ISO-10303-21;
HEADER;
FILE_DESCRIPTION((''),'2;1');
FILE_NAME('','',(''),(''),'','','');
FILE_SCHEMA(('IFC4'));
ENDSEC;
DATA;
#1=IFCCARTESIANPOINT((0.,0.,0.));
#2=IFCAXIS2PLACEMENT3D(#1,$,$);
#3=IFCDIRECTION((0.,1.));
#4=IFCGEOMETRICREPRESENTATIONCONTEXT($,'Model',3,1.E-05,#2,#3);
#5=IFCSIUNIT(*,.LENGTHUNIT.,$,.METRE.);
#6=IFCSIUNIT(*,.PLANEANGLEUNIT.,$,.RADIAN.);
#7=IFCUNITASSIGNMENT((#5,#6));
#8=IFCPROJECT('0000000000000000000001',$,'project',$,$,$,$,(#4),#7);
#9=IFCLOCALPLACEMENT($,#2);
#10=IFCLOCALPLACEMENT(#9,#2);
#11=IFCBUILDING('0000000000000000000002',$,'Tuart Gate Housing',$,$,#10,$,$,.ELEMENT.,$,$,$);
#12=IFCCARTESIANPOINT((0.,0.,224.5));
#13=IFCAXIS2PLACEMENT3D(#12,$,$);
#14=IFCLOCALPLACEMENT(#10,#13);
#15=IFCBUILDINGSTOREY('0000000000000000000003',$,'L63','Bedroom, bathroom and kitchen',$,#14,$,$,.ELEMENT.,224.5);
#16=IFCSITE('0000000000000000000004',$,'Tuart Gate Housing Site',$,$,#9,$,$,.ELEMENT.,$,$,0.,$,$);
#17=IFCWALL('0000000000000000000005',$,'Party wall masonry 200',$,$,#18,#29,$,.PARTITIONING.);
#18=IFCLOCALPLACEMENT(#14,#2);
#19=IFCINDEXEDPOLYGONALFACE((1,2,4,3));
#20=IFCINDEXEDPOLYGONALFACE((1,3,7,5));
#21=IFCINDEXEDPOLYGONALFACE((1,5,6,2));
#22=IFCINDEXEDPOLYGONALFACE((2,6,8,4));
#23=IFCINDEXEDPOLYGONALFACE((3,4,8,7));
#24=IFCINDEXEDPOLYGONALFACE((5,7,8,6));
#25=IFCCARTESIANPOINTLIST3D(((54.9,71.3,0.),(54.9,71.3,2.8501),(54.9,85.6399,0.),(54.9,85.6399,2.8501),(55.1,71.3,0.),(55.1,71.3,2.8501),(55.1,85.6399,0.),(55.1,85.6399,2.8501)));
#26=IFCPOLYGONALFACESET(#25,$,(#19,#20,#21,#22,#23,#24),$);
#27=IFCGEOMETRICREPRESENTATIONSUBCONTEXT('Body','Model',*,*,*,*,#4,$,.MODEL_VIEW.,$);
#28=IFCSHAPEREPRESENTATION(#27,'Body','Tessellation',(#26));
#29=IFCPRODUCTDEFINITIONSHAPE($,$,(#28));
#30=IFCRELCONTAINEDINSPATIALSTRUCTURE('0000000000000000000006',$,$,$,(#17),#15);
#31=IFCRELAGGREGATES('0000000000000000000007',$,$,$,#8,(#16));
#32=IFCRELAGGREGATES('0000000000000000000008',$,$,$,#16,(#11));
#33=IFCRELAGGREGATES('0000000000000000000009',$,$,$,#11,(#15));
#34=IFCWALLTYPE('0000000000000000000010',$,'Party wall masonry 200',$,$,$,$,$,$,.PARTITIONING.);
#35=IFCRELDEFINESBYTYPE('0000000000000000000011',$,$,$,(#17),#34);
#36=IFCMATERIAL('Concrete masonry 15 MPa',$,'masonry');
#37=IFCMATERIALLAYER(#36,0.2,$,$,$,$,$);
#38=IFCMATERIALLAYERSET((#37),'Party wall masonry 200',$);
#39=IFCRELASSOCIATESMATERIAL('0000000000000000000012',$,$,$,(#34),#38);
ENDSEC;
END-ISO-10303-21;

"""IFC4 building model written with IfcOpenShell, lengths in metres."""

from ifc_helpers import new_model, si_unit, direction, frame, frame_2d, origin, place, context, subcontext, project, spatial, rectangle, extrude, material, layer, layer_set, type_object, element, save


model = new_model("IFC4")

# Units and contexts
model_context = context("Model", 3, precision=1e-05, world=origin(), true_north=direction((0.0, 1.0)))
body_context = subcontext(model_context, "Body", "Model", "MODEL_VIEW")
ifc_project = project(units=[si_unit("LENGTHUNIT", "METRE"), si_unit("PLANEANGLEUNIT", "RADIAN")], contexts=[model_context])

# Site, building, storey
site_placement = place(None, origin())
site = spatial("IfcSite", under=ifc_project, at=site_placement, Name="Tuart Gate Housing Site", CompositionType="ELEMENT", RefElevation=0.0)
building_placement = place(site_placement, origin())
building = spatial("IfcBuilding", under=site, at=building_placement, Name="Tuart Gate Housing", CompositionType="ELEMENT")
storey_placement = place(building_placement, frame((0.0, 0.0, 224.5)))
storey = spatial("IfcBuildingStorey", under=building, at=storey_placement, Name="L63", Description="Bedroom, bathroom and kitchen", CompositionType="ELEMENT", Elevation=224.5)

# Wall
ifc_material_1 = material(Name="Concrete masonry 15 MPa", Category="masonry")
ifc_layer_1 = layer(ifc_material_1, 0.2)
ifc_layer_set_1 = layer_set([ifc_layer_1], Name="Party wall masonry 200")
wall_type_1 = type_object("IfcWallType", Name="Party wall masonry 200", PredefinedType="PARTITIONING", material=ifc_layer_set_1)
wall_1_placement = place(storey_placement, frame((55.0, 71.3, 0.0), z_axis=(0.0, 0.0, 1.0), x_axis=(0.0, 1.0, 0.0)))
element("IfcWall", 1, at=wall_1_placement, inside=storey, type_object=wall_type_1, Name="Party wall masonry 200", PredefinedType="PARTITIONING", context=body_context, shape_type="SweptSolid", body=[
    extrude(rectangle(XDim=14.3398, YDim=0.2, at=frame_2d((7.1699, 0.0))), origin(), (0.0, 0.0, 1.0), 2.8501),
])

save(model, "model.ifc")
